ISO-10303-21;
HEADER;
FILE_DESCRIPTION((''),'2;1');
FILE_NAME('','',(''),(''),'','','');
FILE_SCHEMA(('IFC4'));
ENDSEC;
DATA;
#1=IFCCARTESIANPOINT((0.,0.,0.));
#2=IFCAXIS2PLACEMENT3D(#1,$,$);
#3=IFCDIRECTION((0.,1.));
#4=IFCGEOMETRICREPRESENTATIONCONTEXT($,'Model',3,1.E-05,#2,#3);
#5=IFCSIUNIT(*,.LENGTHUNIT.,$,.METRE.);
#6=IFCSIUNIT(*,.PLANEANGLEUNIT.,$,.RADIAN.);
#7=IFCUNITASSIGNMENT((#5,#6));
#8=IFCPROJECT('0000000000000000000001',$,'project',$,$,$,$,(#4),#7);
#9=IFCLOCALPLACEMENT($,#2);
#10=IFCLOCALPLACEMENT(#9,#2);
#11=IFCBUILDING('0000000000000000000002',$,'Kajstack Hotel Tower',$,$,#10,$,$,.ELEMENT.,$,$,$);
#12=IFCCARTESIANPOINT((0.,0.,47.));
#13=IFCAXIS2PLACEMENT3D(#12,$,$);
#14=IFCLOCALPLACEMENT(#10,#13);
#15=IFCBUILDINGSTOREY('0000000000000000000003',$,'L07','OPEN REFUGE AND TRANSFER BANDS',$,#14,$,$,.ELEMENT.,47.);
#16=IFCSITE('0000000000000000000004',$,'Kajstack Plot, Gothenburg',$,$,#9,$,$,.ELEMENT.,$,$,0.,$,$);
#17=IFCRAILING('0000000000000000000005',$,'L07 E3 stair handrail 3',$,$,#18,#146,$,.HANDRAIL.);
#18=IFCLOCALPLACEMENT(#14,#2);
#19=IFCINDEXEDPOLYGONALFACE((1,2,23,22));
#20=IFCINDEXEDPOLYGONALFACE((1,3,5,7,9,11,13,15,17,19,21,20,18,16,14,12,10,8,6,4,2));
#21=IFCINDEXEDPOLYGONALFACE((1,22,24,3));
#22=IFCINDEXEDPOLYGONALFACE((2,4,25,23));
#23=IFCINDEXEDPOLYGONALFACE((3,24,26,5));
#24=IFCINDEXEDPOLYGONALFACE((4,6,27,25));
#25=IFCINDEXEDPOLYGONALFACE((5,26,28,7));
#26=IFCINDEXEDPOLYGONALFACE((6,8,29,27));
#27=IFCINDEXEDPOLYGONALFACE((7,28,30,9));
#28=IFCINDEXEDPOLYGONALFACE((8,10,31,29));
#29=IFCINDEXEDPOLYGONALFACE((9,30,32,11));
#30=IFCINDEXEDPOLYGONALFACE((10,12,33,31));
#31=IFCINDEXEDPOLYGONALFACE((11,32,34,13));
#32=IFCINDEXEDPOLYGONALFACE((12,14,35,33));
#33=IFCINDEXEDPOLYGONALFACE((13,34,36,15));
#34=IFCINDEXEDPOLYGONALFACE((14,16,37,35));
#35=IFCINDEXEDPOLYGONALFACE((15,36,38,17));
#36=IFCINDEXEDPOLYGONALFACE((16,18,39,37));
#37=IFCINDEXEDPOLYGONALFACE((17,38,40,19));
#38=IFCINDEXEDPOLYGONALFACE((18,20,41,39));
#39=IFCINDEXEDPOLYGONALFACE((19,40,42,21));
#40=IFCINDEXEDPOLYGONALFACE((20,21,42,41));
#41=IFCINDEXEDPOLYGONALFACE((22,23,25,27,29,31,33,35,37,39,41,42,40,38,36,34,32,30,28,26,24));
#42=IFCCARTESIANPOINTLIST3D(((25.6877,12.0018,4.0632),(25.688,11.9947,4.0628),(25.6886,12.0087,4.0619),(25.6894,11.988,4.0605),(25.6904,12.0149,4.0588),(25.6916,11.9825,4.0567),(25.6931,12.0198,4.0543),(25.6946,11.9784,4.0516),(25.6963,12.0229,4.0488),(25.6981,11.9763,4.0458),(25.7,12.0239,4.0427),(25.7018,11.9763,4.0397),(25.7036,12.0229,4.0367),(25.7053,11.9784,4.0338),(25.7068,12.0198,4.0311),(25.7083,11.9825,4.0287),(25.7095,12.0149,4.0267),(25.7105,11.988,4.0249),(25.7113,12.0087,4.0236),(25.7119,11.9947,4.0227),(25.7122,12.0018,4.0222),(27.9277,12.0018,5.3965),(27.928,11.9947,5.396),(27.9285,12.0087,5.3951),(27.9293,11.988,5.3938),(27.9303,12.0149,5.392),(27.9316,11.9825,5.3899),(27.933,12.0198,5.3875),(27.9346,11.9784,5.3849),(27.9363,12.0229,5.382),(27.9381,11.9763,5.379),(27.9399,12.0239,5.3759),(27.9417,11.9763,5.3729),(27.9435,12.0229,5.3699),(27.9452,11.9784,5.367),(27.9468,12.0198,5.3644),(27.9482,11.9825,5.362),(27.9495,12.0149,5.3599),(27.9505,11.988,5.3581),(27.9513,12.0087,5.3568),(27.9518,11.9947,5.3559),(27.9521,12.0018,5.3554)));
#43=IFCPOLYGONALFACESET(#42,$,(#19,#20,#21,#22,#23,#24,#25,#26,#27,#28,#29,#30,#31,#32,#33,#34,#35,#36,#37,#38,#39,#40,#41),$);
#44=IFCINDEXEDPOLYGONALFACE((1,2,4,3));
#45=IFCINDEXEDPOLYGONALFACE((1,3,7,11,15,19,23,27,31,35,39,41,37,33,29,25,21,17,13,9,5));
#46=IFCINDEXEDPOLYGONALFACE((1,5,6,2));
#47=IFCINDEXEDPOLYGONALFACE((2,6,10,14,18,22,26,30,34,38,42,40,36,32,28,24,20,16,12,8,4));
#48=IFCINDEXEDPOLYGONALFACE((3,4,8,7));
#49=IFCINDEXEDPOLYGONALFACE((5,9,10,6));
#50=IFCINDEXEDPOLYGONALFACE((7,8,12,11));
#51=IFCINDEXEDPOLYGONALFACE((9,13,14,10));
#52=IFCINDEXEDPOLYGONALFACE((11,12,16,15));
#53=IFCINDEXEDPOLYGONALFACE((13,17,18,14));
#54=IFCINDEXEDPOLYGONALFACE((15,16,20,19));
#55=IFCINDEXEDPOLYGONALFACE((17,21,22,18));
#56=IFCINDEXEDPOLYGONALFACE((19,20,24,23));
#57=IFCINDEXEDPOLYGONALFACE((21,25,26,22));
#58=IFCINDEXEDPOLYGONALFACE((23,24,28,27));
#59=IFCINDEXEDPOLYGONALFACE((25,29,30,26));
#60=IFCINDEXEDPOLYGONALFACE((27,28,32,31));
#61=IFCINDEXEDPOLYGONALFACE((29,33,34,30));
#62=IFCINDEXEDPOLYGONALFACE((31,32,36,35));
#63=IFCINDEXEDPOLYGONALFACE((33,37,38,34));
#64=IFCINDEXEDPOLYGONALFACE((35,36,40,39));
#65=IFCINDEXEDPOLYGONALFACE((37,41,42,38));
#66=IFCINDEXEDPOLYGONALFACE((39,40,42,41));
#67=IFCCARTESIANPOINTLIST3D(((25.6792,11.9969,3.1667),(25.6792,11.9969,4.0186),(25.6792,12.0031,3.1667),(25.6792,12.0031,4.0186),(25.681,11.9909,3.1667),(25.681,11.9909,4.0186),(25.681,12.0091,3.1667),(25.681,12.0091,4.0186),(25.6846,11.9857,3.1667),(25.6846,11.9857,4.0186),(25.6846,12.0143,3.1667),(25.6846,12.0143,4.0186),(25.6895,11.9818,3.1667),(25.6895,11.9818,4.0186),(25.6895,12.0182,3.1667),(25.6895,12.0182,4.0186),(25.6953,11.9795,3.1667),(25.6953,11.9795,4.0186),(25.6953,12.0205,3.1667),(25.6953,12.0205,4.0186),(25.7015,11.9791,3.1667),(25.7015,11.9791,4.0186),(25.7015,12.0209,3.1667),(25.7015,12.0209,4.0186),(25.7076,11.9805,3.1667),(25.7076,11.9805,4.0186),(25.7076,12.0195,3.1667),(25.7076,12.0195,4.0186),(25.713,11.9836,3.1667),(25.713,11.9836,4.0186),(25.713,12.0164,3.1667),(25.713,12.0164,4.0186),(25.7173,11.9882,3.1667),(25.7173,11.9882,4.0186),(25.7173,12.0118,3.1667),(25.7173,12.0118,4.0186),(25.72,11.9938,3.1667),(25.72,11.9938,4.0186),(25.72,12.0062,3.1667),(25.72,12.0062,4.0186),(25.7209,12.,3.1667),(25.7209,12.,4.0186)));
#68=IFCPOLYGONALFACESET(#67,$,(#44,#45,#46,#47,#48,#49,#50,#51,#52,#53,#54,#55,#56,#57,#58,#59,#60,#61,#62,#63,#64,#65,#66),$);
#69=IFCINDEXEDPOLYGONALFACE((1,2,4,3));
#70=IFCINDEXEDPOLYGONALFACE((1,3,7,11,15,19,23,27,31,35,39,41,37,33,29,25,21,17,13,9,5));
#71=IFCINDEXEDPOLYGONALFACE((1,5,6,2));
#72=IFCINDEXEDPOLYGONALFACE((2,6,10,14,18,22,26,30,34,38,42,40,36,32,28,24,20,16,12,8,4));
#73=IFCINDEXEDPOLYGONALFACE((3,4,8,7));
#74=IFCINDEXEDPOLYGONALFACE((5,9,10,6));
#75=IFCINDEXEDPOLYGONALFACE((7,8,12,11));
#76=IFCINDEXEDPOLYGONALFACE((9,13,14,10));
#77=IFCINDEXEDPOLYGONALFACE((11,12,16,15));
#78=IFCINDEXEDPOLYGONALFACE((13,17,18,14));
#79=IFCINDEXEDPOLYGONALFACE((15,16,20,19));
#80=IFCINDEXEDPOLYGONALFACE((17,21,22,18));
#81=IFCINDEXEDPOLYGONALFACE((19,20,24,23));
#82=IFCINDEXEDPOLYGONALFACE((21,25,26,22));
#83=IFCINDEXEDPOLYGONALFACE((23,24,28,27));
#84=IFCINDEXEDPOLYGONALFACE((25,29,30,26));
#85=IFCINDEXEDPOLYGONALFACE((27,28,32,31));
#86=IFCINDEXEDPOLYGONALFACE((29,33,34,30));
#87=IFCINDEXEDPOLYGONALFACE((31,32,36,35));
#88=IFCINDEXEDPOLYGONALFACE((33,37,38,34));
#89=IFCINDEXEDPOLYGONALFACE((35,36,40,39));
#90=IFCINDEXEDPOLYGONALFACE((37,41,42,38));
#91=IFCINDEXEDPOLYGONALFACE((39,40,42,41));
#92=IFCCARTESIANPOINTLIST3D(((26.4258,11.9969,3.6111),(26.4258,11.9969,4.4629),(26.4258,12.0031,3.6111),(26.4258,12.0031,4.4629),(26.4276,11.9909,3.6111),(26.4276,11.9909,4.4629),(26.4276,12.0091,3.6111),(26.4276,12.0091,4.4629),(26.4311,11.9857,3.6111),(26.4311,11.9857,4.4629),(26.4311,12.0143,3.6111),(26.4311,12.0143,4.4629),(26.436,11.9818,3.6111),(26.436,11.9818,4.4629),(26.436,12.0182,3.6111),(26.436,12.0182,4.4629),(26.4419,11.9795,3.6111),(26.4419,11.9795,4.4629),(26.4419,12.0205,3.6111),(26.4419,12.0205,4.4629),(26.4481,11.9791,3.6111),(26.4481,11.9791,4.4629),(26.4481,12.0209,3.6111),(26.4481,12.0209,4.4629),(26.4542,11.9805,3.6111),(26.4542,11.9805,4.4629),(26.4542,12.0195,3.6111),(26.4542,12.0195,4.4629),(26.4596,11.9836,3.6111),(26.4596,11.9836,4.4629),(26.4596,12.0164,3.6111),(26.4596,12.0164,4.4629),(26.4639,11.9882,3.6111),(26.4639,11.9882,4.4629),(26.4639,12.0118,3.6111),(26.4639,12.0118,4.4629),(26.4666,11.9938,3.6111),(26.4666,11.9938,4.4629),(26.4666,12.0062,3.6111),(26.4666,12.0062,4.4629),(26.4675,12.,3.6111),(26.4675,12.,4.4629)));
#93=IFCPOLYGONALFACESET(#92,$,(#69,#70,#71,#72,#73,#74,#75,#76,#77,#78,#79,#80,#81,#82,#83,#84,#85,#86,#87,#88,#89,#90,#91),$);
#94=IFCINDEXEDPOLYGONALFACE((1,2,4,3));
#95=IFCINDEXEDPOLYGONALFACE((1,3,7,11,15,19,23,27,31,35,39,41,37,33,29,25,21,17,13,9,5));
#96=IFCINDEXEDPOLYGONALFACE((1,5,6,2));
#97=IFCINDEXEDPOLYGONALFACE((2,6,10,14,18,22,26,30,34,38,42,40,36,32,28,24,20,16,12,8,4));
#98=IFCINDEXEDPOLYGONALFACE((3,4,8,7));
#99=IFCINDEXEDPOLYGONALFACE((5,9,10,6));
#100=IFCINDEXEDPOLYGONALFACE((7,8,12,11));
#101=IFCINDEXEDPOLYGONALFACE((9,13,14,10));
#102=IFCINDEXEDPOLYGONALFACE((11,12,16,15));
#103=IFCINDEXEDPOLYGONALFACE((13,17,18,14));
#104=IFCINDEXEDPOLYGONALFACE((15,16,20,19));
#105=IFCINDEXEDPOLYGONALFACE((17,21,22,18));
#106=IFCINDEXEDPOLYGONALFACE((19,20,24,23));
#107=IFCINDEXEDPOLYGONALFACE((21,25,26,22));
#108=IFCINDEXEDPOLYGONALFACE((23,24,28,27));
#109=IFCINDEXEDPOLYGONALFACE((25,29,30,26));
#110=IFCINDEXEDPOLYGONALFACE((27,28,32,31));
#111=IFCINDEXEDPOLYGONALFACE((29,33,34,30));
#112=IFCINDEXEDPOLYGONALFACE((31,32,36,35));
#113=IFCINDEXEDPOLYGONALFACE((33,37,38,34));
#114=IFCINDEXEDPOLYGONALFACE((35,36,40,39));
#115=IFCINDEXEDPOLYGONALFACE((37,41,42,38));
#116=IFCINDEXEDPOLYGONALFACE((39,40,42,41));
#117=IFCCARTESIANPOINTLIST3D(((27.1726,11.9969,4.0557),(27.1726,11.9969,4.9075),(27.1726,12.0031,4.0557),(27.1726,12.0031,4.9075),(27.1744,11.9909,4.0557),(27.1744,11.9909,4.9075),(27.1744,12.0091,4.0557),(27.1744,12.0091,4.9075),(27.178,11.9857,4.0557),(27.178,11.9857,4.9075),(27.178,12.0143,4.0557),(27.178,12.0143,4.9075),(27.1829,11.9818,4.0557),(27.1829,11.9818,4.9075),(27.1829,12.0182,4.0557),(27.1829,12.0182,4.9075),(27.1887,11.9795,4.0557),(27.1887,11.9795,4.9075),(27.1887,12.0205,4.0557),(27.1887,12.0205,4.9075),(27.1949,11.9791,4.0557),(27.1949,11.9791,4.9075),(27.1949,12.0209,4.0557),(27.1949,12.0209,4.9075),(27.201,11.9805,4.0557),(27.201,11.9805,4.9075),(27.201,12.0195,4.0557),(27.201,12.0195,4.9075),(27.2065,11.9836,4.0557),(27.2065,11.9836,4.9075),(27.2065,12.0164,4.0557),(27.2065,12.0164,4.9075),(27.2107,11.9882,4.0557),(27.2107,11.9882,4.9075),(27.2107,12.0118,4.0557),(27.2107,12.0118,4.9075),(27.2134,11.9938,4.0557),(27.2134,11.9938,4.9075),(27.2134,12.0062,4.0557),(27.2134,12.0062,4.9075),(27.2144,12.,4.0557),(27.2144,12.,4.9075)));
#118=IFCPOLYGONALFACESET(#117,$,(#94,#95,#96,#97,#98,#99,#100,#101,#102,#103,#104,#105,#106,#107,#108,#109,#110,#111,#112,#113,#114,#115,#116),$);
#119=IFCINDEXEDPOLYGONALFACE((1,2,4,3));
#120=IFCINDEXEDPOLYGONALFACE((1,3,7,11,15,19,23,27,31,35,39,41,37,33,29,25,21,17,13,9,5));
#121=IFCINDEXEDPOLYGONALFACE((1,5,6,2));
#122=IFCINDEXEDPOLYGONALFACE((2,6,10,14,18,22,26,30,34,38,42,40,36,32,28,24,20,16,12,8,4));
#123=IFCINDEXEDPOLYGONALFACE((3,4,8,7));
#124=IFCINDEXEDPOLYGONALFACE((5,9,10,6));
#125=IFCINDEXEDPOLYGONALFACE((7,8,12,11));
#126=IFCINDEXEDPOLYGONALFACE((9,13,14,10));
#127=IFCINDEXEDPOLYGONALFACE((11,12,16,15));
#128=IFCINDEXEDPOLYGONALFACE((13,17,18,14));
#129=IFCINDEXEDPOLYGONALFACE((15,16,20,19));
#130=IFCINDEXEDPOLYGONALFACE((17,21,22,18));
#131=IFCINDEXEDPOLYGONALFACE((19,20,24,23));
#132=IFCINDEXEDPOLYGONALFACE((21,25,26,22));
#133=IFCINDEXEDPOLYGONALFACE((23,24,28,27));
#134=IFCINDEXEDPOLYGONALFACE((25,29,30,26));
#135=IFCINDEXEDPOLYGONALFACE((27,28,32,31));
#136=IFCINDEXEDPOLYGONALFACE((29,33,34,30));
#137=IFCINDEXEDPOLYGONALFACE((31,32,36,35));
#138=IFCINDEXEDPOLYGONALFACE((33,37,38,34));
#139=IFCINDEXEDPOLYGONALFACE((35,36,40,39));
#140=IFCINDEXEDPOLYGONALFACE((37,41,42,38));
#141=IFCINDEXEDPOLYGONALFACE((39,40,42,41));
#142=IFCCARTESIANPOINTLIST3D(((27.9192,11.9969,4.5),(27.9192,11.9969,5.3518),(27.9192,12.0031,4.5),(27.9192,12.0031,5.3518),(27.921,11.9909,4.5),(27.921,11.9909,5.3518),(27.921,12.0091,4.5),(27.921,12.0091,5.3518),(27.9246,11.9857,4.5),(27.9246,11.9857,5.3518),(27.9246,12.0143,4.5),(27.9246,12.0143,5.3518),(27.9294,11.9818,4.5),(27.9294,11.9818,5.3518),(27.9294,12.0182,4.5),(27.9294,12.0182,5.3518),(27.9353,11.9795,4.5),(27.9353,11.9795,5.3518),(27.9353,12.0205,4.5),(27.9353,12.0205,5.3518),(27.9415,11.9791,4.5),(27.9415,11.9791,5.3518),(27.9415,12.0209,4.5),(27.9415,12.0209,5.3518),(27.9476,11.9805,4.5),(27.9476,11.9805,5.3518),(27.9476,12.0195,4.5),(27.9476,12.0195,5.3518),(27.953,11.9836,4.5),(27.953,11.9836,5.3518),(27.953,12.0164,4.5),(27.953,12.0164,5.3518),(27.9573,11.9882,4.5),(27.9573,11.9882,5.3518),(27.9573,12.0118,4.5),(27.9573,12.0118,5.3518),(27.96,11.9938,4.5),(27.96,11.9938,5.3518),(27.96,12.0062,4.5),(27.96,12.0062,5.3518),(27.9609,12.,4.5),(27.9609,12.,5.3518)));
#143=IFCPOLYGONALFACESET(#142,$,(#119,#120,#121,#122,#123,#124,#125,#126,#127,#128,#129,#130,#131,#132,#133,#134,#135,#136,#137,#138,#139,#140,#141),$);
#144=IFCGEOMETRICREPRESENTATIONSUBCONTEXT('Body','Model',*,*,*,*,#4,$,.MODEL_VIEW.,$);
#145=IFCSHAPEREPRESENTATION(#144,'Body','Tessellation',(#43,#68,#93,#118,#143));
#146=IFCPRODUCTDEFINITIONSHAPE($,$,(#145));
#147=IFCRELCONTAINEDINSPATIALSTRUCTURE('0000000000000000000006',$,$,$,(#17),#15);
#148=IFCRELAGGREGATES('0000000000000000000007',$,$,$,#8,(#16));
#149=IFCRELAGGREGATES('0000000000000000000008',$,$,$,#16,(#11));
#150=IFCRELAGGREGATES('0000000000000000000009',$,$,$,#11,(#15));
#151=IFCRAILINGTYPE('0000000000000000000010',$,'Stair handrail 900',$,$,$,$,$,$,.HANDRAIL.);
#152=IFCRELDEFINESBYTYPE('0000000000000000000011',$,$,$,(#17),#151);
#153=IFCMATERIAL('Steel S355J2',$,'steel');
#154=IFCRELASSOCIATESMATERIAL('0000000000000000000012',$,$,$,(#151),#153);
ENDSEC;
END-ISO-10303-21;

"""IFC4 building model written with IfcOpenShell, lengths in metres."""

from ifc_helpers import new_model, si_unit, direction, frame, origin, origin_2d, place, context, subcontext, project, spatial, circle, extrude, material, type_object, element, save


model = new_model("IFC4")

# Units and contexts
model_context = context("Model", 3, precision=1e-05, world=origin(), true_north=direction((0.0, 1.0)))
body_context = subcontext(model_context, "Body", "Model", "MODEL_VIEW")
ifc_project = project(units=[si_unit("LENGTHUNIT", "METRE"), si_unit("PLANEANGLEUNIT", "RADIAN")], contexts=[model_context])

# Site, building, storey
site_placement = place(None, origin())
site = spatial("IfcSite", under=ifc_project, at=site_placement, Name="Kajstack Plot, Gothenburg", CompositionType="ELEMENT", RefElevation=0.0)
building_placement = place(site_placement, origin())
building = spatial("IfcBuilding", under=site, at=building_placement, Name="Kajstack Hotel Tower", CompositionType="ELEMENT")
storey_placement = place(building_placement, frame((0.0, 0.0, 47.0)))
storey = spatial("IfcBuildingStorey", under=building, at=storey_placement, Name="L07", Description="OPEN REFUGE AND TRANSFER BANDS", CompositionType="ELEMENT", Elevation=47.0)

# Railing
ifc_material_1 = material(Name="Steel S355J2", Category="steel")
railing_type_1 = type_object("IfcRailingType", Name="Stair handrail 900", PredefinedType="HANDRAIL", material=ifc_material_1)
railing_1_placement = place(storey_placement, frame((25.7, 12.0, 3.1667)))
element("IfcRailing", 1, at=railing_1_placement, inside=storey, type_object=railing_type_1, Name="L07 E3 stair handrail 3", PredefinedType="HANDRAIL", context=body_context, shape_type="SweptSolid", body=[
    extrude(circle(Radius=0.0239, at=origin_2d()), frame((0.0, 0.0, 0.876), z_axis=(0.859306, 0.0, 0.511462), x_axis=(0.0, 1.0, 0.0)), (0.0, 0.0, 1.0), 2.6067),
    extrude(circle(Radius=0.021, at=origin_2d()), origin(), (0.0, 0.0, 1.0), 0.8518),
    extrude(circle(Radius=0.021, at=origin_2d()), frame((0.7466, 0.0, 0.4443)), (0.0, 0.0, 1.0), 0.8518),
    extrude(circle(Radius=0.021, at=origin_2d()), frame((1.4934, 0.0, 0.8889)), (0.0, 0.0, 1.0), 0.8518),
    extrude(circle(Radius=0.021, at=origin_2d()), frame((2.24, 0.0, 1.3333)), (0.0, 0.0, 1.0), 0.8518),
])

save(model, "model.ifc")
